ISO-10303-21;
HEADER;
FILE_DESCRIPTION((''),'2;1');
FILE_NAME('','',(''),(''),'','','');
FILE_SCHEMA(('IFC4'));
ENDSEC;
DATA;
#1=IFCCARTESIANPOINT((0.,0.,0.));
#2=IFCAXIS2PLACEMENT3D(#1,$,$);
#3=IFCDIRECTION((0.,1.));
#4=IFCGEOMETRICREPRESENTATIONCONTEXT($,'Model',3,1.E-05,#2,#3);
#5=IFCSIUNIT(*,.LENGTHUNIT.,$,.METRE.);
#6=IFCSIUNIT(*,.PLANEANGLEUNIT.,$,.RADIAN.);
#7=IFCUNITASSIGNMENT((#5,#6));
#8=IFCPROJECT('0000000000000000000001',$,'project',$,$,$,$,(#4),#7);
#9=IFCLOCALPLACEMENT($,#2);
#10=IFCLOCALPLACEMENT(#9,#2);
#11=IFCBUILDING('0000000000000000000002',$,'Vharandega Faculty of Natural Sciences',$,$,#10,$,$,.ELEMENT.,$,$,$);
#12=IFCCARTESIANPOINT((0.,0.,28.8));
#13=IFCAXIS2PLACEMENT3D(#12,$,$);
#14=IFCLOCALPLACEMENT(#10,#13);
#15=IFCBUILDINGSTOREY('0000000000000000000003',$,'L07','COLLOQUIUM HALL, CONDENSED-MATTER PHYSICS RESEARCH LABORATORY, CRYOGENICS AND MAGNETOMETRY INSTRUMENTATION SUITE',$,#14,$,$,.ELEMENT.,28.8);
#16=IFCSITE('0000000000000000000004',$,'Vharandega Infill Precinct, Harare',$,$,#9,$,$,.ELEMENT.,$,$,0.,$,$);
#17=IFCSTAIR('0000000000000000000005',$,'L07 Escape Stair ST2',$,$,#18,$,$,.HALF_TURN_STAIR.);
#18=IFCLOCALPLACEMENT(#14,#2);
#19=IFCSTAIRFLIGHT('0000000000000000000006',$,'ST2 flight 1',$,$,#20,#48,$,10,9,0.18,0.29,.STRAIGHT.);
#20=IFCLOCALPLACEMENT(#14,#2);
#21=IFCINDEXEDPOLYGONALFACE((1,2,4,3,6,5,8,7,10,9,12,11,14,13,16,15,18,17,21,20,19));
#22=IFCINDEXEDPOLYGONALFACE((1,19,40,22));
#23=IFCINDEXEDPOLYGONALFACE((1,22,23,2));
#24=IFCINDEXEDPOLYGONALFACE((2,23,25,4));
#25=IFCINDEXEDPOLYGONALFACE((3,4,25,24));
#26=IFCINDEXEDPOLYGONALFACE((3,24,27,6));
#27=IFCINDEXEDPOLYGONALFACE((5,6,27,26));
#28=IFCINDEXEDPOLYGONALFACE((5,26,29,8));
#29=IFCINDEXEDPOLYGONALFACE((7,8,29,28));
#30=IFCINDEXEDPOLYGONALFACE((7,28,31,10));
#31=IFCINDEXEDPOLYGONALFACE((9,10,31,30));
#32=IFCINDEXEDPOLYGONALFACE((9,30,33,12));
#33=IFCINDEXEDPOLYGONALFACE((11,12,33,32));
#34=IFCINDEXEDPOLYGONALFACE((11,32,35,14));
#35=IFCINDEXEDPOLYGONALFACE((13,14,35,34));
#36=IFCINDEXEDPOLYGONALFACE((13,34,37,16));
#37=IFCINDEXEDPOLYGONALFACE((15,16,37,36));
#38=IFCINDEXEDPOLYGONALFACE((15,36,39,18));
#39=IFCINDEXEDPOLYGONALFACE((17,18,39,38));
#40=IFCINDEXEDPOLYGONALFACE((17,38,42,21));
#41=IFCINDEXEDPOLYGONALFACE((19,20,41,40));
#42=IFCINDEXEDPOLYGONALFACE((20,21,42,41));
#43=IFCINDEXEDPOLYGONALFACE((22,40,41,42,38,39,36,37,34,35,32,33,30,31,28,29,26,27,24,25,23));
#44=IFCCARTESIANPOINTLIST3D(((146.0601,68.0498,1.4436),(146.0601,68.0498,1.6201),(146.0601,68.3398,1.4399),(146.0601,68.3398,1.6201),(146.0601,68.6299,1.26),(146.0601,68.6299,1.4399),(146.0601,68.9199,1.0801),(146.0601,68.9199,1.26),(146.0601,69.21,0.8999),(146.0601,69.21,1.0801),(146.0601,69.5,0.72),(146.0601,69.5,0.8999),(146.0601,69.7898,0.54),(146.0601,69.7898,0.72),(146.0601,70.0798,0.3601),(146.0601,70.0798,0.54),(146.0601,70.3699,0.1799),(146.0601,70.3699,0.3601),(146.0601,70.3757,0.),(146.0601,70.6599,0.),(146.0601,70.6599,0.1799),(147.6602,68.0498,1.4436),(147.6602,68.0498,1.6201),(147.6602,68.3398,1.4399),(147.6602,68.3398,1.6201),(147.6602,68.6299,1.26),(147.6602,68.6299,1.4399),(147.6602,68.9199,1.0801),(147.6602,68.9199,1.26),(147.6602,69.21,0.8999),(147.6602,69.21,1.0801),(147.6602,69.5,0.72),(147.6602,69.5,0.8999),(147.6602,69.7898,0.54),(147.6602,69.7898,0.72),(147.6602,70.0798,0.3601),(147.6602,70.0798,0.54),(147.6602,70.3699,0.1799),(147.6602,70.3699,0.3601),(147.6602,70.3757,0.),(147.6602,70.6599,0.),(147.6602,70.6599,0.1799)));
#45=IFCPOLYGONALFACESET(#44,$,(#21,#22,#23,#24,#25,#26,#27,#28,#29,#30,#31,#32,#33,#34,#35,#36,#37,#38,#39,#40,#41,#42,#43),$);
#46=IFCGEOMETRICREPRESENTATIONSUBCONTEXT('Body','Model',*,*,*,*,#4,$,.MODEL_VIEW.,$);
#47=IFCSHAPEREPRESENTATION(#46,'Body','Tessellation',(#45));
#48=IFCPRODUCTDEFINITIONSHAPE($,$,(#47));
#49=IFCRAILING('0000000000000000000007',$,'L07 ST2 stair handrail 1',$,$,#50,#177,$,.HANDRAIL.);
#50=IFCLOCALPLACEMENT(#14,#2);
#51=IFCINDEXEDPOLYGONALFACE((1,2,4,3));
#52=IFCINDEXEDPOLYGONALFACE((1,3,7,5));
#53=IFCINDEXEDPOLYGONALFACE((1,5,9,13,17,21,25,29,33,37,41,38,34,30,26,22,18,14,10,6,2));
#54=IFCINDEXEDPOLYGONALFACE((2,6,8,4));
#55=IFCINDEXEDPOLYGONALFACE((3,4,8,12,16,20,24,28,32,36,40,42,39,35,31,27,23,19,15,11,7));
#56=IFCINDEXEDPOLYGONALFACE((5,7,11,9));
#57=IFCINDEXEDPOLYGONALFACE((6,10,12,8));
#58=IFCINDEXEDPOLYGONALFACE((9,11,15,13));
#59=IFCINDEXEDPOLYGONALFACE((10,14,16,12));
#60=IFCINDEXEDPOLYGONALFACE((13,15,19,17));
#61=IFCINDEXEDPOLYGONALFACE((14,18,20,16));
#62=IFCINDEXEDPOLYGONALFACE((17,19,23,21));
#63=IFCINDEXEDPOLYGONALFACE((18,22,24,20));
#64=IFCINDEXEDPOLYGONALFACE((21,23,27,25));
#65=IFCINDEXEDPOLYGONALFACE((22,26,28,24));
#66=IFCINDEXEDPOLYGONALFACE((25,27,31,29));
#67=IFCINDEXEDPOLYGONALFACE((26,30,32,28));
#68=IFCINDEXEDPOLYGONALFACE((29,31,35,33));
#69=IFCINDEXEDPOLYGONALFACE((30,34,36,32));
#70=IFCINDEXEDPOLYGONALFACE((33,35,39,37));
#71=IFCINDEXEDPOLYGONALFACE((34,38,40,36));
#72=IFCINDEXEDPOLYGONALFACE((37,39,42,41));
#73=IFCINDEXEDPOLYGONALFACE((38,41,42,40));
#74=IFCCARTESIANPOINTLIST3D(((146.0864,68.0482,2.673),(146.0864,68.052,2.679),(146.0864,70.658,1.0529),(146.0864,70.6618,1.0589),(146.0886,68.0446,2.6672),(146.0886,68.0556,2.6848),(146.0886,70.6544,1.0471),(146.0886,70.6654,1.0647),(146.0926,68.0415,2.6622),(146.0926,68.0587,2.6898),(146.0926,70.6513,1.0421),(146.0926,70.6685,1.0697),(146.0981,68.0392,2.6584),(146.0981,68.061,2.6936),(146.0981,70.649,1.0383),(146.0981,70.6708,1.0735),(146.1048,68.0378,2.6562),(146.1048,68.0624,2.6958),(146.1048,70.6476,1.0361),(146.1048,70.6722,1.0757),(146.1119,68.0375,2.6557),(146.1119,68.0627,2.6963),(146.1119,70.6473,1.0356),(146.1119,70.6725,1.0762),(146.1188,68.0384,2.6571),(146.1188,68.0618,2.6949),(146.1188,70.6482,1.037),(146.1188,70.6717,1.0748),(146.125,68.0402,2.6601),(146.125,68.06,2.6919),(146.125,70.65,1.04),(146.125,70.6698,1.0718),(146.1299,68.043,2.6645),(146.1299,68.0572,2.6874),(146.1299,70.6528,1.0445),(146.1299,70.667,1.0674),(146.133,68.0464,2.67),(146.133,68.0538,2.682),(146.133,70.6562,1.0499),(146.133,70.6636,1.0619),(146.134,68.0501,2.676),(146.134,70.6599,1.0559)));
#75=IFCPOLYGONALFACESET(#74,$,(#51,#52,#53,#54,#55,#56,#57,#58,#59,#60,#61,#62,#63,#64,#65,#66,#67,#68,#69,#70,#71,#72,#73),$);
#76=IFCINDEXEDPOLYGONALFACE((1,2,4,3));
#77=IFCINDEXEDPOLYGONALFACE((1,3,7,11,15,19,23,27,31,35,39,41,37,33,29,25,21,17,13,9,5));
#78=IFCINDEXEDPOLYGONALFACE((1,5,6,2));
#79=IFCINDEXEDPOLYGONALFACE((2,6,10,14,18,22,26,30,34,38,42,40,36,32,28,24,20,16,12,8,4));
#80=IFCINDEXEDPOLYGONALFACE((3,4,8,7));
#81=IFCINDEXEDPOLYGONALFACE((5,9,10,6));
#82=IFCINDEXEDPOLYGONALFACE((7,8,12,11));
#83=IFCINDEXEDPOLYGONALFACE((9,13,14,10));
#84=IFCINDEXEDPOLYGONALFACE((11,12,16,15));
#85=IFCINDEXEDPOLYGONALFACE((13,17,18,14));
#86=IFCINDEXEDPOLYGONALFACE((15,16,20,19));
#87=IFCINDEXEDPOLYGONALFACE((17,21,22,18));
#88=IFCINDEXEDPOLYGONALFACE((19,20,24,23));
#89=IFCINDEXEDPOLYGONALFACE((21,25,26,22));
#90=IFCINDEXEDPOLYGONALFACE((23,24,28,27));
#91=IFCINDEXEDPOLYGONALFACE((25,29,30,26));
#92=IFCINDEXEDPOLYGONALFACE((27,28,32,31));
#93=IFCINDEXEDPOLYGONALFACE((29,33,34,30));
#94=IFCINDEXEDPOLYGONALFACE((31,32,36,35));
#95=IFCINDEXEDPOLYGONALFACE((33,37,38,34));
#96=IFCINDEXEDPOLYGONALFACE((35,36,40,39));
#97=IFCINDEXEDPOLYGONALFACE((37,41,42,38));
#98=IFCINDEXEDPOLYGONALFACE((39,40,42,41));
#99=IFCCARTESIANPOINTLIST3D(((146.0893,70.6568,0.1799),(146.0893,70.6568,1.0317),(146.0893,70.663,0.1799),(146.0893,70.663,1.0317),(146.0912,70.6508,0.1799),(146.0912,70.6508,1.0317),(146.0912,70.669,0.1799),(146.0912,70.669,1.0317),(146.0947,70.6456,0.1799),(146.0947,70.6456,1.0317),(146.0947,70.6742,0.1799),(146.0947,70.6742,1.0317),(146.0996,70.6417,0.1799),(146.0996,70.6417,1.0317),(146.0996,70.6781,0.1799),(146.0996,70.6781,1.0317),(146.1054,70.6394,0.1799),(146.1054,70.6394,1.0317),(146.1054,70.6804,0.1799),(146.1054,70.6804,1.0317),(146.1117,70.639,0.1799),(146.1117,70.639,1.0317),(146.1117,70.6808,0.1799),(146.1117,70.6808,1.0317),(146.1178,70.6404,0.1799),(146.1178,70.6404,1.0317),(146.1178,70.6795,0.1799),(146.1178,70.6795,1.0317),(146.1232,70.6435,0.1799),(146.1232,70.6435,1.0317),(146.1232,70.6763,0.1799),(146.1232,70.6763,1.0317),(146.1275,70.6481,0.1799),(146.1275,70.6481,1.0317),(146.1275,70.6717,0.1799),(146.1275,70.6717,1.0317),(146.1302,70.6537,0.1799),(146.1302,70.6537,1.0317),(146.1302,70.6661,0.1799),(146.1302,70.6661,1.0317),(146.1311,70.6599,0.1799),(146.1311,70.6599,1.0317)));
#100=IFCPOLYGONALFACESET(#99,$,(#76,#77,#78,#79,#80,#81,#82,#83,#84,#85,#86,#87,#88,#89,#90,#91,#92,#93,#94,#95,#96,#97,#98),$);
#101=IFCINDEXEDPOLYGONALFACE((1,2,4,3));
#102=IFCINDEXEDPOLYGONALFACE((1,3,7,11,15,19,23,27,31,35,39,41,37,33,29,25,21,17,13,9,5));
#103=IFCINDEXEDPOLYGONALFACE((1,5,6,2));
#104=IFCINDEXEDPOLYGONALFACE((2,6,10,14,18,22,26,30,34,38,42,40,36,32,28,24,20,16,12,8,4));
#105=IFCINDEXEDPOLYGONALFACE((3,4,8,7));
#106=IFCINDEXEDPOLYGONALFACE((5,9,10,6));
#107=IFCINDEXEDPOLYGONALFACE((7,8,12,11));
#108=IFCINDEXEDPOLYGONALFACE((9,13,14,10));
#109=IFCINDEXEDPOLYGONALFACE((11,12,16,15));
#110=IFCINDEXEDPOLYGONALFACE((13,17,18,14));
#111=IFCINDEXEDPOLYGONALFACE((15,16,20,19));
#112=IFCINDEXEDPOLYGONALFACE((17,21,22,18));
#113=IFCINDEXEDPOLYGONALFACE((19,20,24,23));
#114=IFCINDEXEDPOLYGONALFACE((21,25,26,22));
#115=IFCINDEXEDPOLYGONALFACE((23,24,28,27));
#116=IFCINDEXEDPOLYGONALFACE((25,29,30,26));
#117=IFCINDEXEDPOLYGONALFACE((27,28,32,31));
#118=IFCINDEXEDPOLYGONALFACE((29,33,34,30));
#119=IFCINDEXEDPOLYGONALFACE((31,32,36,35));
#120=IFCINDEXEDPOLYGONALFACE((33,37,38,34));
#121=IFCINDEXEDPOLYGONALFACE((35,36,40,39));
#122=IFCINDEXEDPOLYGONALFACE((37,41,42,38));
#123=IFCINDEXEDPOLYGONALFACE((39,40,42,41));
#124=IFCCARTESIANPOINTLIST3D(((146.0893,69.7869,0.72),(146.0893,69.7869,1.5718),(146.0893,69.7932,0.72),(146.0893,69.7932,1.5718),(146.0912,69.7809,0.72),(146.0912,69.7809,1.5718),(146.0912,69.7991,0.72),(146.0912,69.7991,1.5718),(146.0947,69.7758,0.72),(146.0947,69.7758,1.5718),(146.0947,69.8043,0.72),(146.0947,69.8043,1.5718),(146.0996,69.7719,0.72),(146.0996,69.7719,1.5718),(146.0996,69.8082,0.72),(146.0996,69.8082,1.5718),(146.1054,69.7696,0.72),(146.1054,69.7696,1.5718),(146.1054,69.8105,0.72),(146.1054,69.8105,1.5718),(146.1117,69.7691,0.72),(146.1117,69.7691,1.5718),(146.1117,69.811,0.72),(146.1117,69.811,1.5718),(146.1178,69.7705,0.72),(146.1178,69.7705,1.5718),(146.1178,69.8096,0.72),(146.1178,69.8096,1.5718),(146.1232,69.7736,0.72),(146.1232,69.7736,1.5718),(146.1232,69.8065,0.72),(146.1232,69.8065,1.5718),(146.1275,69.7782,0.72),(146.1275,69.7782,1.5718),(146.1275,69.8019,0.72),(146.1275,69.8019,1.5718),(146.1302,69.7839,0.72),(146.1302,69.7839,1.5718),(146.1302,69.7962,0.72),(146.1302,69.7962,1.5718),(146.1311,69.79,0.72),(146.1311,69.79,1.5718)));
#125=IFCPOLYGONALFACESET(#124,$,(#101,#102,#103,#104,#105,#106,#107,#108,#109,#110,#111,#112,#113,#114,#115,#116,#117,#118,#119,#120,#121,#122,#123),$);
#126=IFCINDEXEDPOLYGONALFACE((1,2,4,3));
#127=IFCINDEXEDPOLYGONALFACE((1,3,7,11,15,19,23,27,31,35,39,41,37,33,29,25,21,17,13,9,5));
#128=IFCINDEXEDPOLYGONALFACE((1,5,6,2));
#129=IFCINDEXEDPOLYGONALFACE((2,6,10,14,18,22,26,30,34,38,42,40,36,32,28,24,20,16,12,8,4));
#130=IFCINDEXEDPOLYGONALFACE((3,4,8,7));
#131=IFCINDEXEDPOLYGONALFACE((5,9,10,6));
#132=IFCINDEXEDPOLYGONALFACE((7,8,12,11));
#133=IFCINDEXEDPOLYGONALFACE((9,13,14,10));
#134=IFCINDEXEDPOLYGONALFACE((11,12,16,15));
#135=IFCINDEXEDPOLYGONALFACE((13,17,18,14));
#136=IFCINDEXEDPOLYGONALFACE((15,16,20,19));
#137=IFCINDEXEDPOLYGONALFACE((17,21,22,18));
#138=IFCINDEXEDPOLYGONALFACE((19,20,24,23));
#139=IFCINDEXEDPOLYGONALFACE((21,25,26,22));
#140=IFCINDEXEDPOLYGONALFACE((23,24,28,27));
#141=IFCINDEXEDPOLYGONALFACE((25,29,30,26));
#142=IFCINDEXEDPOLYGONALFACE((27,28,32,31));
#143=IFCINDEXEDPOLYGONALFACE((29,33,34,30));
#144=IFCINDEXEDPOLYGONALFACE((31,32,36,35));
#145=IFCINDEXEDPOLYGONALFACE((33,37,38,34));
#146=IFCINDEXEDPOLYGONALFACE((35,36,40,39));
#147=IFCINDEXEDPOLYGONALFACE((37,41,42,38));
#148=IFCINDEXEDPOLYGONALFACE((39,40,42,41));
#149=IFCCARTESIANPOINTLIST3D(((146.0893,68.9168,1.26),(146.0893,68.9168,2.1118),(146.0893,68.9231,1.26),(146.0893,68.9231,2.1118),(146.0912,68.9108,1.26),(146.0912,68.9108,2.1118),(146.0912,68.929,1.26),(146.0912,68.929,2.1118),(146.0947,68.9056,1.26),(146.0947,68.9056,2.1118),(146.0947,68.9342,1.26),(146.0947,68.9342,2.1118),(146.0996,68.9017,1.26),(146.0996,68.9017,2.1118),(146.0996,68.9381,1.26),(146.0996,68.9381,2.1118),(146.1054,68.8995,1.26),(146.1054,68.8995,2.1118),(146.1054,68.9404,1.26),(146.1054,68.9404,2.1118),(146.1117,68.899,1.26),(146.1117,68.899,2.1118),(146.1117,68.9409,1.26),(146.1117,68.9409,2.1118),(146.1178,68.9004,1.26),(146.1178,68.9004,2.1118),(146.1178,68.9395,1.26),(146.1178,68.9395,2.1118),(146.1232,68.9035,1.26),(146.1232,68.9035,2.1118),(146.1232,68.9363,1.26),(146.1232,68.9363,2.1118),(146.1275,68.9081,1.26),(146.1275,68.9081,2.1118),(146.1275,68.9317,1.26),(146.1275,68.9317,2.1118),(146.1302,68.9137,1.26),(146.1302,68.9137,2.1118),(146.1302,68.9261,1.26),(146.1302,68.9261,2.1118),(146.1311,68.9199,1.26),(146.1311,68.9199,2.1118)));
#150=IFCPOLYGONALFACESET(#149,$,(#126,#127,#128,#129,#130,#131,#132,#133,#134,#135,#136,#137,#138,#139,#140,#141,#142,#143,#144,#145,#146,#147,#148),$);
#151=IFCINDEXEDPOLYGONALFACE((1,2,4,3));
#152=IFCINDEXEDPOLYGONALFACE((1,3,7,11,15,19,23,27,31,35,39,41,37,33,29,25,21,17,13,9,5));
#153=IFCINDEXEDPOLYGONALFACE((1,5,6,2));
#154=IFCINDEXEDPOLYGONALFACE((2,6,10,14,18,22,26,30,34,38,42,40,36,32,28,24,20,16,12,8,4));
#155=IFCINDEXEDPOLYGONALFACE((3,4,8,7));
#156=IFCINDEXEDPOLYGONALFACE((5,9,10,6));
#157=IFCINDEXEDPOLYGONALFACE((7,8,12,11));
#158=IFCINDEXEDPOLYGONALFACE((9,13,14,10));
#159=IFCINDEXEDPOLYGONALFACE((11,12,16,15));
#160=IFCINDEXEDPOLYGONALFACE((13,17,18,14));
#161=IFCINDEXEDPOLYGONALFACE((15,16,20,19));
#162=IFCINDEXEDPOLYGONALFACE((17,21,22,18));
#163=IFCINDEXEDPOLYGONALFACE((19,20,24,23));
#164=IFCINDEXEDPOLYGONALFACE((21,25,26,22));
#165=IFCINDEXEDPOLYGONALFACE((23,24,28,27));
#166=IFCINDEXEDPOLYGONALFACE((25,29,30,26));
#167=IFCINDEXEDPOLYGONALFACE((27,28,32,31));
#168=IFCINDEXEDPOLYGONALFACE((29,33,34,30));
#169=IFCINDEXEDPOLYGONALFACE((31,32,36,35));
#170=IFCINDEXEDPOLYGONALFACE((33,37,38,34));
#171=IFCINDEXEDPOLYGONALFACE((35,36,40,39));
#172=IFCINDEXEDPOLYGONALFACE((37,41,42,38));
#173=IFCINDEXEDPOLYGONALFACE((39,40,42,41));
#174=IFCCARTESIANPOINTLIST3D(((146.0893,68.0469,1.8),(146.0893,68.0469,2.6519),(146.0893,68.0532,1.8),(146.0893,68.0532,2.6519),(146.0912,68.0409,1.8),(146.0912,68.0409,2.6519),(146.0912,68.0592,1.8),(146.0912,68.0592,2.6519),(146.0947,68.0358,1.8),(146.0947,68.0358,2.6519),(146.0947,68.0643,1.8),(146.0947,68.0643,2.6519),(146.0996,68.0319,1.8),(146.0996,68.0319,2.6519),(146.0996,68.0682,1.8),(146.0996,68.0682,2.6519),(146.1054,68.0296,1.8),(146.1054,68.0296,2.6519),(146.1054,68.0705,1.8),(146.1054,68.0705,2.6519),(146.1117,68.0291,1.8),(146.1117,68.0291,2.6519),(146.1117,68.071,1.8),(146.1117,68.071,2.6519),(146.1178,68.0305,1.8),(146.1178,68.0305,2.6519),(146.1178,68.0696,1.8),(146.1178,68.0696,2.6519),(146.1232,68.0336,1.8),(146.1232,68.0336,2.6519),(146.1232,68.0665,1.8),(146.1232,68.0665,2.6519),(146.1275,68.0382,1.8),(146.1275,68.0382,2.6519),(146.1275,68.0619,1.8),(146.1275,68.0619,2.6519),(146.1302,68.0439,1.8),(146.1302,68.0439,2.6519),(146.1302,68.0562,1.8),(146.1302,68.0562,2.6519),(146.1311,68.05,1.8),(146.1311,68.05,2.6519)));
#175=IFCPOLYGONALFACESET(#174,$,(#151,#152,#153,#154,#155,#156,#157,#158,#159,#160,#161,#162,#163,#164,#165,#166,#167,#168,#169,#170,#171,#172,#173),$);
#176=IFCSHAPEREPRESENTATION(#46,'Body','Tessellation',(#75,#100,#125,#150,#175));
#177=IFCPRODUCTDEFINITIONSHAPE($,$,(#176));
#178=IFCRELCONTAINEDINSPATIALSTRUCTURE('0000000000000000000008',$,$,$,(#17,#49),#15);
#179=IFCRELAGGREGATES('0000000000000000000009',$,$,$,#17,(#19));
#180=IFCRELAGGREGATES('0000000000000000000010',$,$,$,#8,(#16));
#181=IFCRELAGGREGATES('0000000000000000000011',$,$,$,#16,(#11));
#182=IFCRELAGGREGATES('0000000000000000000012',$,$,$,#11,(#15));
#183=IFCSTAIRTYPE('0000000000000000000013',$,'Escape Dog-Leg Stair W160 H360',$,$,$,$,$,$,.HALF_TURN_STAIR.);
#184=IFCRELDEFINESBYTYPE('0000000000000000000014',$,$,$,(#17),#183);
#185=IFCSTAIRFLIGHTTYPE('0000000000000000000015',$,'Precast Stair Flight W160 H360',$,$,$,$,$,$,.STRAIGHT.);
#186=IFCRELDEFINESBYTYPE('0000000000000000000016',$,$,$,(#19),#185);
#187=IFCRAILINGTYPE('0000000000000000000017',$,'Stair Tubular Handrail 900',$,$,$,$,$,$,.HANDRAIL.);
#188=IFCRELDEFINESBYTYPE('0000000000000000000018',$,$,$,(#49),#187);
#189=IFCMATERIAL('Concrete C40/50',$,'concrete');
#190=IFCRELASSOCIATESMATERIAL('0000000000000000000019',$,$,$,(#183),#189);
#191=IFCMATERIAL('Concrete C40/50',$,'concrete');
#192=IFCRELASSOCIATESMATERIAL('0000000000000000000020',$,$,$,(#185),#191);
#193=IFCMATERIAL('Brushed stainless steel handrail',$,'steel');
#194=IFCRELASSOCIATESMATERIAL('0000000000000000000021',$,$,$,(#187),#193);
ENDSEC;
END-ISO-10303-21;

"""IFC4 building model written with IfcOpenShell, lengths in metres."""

from ifc_helpers import new_model, si_unit, direction, frame, origin, origin_2d, place, context, subcontext, project, spatial, polyline, circle, outline, extrude, material, type_object, element, aggregate, save


model = new_model("IFC4")

# Units and contexts
model_context = context("Model", 3, precision=1e-05, world=origin(), true_north=direction((0.0, 1.0)))
body_context = subcontext(model_context, "Body", "Model", "MODEL_VIEW")
ifc_project = project(units=[si_unit("LENGTHUNIT", "METRE"), si_unit("PLANEANGLEUNIT", "RADIAN")], contexts=[model_context])

# Site, building, storey
site_placement = place(None, origin())
site = spatial("IfcSite", under=ifc_project, at=site_placement, Name="Vharandega Infill Precinct, Harare", CompositionType="ELEMENT", RefElevation=0.0)
building_placement = place(site_placement, origin())
building = spatial("IfcBuilding", under=site, at=building_placement, Name="Vharandega Faculty of Natural Sciences", CompositionType="ELEMENT")
storey_placement = place(building_placement, frame((0.0, 0.0, 28.8)))
storey = spatial("IfcBuildingStorey", under=building, at=storey_placement, Name="L07", Description="COLLOQUIUM HALL, CONDENSED-MATTER PHYSICS RESEARCH LABORATORY, CRYOGENICS AND MAGNETOMETRY INSTRUMENTATION SUITE", CompositionType="ELEMENT", Elevation=28.8)

# Stair, stair flight
ifc_material_1 = material(Name="Concrete C40/50", Category="concrete")
stair_type = type_object("IfcStairType", Name="Escape Dog-Leg Stair W160 H360", PredefinedType="HALF_TURN_STAIR", material=ifc_material_1)
stair_placement = place(storey_placement, origin())
stair = element("IfcStair", 1, at=stair_placement, inside=storey, type_object=stair_type, Name="L07 Escape Stair ST2", PredefinedType="HALF_TURN_STAIR")
ifc_material_2 = material(Name="Concrete C40/50", Category="concrete")
stair_flight_type = type_object("IfcStairFlightType", Name="Precast Stair Flight W160 H360", PredefinedType="STRAIGHT", material=ifc_material_2)
stair_flight_placement = place(storey_placement, frame((146.8601, 70.6599, 0.0), z_axis=(0.0, 0.0, 1.0), x_axis=(0.0, -1.0, 0.0)))
stair_flight = element("IfcStairFlight", 2, at=stair_flight_placement, type_object=stair_flight_type, Name="ST2 flight 1", NumberOfRisers=10, NumberOfTreads=9, PredefinedType="STRAIGHT", RiserHeight=0.18, TreadLength=0.29, context=body_context, shape_type="SweptSolid", body=[
    extrude(outline(polyline([(0.0, 0.0), (0.0, 0.1799), (0.29, 0.1799), (0.29, 0.3601), (0.5801, 0.3601), (0.5801, 0.54), (0.8701, 0.54), (0.8701, 0.72), (1.1599, 0.72), (1.1599, 0.8999), (1.45, 0.8999), (1.45, 1.0801), (1.74, 1.0801), (1.74, 1.26), (2.03, 1.26), (2.03, 1.4399), (2.3201, 1.4399), (2.3201, 1.6201), (2.6101, 1.6201), (2.6101, 1.8), (2.6101, 1.4436), (0.2842, 0.0), (0.0, 0.0)])), frame((0.0, 0.8, 0.0), z_axis=(0.0, -1.0, 0.0), x_axis=(1.0, 0.0, 0.0)), (0.0, 0.0, 1.0), 1.6001),
])
aggregate(stair, [stair_flight])

# Railing
ifc_material_3 = material(Name="Brushed stainless steel handrail", Category="steel")
railing_type_1 = type_object("IfcRailingType", Name="Stair Tubular Handrail 900", PredefinedType="HANDRAIL", material=ifc_material_3)
railing_1_placement = place(storey_placement, frame((146.1101, 70.6599, 0.1799)))
element("IfcRailing", 3, at=railing_1_placement, inside=storey, type_object=railing_type_1, Name="L07 ST2 stair handrail 1", PredefinedType="HANDRAIL", context=body_context, shape_type="SweptSolid", body=[
    extrude(circle(Radius=0.0239, at=origin_2d()), frame((0.0, 0.0, 0.876), z_axis=(0.0, -0.849611, 0.52741), x_axis=(1.0, 0.0, 0.0)), (0.0, 0.0, 1.0), 3.0718),
    extrude(circle(Radius=0.021, at=origin_2d()), origin(), (0.0, 0.0, 1.0), 0.8518),
    extrude(circle(Radius=0.021, at=origin_2d()), frame((0.0, -0.8699, 0.54)), (0.0, 0.0, 1.0), 0.8518),
    extrude(circle(Radius=0.021, at=origin_2d()), frame((0.0, -1.74, 1.0801)), (0.0, 0.0, 1.0), 0.8518),
    extrude(circle(Radius=0.021, at=origin_2d()), frame((0.0, -2.6099, 1.6201)), (0.0, 0.0, 1.0), 0.8518),
])

save(model, "model.ifc")
